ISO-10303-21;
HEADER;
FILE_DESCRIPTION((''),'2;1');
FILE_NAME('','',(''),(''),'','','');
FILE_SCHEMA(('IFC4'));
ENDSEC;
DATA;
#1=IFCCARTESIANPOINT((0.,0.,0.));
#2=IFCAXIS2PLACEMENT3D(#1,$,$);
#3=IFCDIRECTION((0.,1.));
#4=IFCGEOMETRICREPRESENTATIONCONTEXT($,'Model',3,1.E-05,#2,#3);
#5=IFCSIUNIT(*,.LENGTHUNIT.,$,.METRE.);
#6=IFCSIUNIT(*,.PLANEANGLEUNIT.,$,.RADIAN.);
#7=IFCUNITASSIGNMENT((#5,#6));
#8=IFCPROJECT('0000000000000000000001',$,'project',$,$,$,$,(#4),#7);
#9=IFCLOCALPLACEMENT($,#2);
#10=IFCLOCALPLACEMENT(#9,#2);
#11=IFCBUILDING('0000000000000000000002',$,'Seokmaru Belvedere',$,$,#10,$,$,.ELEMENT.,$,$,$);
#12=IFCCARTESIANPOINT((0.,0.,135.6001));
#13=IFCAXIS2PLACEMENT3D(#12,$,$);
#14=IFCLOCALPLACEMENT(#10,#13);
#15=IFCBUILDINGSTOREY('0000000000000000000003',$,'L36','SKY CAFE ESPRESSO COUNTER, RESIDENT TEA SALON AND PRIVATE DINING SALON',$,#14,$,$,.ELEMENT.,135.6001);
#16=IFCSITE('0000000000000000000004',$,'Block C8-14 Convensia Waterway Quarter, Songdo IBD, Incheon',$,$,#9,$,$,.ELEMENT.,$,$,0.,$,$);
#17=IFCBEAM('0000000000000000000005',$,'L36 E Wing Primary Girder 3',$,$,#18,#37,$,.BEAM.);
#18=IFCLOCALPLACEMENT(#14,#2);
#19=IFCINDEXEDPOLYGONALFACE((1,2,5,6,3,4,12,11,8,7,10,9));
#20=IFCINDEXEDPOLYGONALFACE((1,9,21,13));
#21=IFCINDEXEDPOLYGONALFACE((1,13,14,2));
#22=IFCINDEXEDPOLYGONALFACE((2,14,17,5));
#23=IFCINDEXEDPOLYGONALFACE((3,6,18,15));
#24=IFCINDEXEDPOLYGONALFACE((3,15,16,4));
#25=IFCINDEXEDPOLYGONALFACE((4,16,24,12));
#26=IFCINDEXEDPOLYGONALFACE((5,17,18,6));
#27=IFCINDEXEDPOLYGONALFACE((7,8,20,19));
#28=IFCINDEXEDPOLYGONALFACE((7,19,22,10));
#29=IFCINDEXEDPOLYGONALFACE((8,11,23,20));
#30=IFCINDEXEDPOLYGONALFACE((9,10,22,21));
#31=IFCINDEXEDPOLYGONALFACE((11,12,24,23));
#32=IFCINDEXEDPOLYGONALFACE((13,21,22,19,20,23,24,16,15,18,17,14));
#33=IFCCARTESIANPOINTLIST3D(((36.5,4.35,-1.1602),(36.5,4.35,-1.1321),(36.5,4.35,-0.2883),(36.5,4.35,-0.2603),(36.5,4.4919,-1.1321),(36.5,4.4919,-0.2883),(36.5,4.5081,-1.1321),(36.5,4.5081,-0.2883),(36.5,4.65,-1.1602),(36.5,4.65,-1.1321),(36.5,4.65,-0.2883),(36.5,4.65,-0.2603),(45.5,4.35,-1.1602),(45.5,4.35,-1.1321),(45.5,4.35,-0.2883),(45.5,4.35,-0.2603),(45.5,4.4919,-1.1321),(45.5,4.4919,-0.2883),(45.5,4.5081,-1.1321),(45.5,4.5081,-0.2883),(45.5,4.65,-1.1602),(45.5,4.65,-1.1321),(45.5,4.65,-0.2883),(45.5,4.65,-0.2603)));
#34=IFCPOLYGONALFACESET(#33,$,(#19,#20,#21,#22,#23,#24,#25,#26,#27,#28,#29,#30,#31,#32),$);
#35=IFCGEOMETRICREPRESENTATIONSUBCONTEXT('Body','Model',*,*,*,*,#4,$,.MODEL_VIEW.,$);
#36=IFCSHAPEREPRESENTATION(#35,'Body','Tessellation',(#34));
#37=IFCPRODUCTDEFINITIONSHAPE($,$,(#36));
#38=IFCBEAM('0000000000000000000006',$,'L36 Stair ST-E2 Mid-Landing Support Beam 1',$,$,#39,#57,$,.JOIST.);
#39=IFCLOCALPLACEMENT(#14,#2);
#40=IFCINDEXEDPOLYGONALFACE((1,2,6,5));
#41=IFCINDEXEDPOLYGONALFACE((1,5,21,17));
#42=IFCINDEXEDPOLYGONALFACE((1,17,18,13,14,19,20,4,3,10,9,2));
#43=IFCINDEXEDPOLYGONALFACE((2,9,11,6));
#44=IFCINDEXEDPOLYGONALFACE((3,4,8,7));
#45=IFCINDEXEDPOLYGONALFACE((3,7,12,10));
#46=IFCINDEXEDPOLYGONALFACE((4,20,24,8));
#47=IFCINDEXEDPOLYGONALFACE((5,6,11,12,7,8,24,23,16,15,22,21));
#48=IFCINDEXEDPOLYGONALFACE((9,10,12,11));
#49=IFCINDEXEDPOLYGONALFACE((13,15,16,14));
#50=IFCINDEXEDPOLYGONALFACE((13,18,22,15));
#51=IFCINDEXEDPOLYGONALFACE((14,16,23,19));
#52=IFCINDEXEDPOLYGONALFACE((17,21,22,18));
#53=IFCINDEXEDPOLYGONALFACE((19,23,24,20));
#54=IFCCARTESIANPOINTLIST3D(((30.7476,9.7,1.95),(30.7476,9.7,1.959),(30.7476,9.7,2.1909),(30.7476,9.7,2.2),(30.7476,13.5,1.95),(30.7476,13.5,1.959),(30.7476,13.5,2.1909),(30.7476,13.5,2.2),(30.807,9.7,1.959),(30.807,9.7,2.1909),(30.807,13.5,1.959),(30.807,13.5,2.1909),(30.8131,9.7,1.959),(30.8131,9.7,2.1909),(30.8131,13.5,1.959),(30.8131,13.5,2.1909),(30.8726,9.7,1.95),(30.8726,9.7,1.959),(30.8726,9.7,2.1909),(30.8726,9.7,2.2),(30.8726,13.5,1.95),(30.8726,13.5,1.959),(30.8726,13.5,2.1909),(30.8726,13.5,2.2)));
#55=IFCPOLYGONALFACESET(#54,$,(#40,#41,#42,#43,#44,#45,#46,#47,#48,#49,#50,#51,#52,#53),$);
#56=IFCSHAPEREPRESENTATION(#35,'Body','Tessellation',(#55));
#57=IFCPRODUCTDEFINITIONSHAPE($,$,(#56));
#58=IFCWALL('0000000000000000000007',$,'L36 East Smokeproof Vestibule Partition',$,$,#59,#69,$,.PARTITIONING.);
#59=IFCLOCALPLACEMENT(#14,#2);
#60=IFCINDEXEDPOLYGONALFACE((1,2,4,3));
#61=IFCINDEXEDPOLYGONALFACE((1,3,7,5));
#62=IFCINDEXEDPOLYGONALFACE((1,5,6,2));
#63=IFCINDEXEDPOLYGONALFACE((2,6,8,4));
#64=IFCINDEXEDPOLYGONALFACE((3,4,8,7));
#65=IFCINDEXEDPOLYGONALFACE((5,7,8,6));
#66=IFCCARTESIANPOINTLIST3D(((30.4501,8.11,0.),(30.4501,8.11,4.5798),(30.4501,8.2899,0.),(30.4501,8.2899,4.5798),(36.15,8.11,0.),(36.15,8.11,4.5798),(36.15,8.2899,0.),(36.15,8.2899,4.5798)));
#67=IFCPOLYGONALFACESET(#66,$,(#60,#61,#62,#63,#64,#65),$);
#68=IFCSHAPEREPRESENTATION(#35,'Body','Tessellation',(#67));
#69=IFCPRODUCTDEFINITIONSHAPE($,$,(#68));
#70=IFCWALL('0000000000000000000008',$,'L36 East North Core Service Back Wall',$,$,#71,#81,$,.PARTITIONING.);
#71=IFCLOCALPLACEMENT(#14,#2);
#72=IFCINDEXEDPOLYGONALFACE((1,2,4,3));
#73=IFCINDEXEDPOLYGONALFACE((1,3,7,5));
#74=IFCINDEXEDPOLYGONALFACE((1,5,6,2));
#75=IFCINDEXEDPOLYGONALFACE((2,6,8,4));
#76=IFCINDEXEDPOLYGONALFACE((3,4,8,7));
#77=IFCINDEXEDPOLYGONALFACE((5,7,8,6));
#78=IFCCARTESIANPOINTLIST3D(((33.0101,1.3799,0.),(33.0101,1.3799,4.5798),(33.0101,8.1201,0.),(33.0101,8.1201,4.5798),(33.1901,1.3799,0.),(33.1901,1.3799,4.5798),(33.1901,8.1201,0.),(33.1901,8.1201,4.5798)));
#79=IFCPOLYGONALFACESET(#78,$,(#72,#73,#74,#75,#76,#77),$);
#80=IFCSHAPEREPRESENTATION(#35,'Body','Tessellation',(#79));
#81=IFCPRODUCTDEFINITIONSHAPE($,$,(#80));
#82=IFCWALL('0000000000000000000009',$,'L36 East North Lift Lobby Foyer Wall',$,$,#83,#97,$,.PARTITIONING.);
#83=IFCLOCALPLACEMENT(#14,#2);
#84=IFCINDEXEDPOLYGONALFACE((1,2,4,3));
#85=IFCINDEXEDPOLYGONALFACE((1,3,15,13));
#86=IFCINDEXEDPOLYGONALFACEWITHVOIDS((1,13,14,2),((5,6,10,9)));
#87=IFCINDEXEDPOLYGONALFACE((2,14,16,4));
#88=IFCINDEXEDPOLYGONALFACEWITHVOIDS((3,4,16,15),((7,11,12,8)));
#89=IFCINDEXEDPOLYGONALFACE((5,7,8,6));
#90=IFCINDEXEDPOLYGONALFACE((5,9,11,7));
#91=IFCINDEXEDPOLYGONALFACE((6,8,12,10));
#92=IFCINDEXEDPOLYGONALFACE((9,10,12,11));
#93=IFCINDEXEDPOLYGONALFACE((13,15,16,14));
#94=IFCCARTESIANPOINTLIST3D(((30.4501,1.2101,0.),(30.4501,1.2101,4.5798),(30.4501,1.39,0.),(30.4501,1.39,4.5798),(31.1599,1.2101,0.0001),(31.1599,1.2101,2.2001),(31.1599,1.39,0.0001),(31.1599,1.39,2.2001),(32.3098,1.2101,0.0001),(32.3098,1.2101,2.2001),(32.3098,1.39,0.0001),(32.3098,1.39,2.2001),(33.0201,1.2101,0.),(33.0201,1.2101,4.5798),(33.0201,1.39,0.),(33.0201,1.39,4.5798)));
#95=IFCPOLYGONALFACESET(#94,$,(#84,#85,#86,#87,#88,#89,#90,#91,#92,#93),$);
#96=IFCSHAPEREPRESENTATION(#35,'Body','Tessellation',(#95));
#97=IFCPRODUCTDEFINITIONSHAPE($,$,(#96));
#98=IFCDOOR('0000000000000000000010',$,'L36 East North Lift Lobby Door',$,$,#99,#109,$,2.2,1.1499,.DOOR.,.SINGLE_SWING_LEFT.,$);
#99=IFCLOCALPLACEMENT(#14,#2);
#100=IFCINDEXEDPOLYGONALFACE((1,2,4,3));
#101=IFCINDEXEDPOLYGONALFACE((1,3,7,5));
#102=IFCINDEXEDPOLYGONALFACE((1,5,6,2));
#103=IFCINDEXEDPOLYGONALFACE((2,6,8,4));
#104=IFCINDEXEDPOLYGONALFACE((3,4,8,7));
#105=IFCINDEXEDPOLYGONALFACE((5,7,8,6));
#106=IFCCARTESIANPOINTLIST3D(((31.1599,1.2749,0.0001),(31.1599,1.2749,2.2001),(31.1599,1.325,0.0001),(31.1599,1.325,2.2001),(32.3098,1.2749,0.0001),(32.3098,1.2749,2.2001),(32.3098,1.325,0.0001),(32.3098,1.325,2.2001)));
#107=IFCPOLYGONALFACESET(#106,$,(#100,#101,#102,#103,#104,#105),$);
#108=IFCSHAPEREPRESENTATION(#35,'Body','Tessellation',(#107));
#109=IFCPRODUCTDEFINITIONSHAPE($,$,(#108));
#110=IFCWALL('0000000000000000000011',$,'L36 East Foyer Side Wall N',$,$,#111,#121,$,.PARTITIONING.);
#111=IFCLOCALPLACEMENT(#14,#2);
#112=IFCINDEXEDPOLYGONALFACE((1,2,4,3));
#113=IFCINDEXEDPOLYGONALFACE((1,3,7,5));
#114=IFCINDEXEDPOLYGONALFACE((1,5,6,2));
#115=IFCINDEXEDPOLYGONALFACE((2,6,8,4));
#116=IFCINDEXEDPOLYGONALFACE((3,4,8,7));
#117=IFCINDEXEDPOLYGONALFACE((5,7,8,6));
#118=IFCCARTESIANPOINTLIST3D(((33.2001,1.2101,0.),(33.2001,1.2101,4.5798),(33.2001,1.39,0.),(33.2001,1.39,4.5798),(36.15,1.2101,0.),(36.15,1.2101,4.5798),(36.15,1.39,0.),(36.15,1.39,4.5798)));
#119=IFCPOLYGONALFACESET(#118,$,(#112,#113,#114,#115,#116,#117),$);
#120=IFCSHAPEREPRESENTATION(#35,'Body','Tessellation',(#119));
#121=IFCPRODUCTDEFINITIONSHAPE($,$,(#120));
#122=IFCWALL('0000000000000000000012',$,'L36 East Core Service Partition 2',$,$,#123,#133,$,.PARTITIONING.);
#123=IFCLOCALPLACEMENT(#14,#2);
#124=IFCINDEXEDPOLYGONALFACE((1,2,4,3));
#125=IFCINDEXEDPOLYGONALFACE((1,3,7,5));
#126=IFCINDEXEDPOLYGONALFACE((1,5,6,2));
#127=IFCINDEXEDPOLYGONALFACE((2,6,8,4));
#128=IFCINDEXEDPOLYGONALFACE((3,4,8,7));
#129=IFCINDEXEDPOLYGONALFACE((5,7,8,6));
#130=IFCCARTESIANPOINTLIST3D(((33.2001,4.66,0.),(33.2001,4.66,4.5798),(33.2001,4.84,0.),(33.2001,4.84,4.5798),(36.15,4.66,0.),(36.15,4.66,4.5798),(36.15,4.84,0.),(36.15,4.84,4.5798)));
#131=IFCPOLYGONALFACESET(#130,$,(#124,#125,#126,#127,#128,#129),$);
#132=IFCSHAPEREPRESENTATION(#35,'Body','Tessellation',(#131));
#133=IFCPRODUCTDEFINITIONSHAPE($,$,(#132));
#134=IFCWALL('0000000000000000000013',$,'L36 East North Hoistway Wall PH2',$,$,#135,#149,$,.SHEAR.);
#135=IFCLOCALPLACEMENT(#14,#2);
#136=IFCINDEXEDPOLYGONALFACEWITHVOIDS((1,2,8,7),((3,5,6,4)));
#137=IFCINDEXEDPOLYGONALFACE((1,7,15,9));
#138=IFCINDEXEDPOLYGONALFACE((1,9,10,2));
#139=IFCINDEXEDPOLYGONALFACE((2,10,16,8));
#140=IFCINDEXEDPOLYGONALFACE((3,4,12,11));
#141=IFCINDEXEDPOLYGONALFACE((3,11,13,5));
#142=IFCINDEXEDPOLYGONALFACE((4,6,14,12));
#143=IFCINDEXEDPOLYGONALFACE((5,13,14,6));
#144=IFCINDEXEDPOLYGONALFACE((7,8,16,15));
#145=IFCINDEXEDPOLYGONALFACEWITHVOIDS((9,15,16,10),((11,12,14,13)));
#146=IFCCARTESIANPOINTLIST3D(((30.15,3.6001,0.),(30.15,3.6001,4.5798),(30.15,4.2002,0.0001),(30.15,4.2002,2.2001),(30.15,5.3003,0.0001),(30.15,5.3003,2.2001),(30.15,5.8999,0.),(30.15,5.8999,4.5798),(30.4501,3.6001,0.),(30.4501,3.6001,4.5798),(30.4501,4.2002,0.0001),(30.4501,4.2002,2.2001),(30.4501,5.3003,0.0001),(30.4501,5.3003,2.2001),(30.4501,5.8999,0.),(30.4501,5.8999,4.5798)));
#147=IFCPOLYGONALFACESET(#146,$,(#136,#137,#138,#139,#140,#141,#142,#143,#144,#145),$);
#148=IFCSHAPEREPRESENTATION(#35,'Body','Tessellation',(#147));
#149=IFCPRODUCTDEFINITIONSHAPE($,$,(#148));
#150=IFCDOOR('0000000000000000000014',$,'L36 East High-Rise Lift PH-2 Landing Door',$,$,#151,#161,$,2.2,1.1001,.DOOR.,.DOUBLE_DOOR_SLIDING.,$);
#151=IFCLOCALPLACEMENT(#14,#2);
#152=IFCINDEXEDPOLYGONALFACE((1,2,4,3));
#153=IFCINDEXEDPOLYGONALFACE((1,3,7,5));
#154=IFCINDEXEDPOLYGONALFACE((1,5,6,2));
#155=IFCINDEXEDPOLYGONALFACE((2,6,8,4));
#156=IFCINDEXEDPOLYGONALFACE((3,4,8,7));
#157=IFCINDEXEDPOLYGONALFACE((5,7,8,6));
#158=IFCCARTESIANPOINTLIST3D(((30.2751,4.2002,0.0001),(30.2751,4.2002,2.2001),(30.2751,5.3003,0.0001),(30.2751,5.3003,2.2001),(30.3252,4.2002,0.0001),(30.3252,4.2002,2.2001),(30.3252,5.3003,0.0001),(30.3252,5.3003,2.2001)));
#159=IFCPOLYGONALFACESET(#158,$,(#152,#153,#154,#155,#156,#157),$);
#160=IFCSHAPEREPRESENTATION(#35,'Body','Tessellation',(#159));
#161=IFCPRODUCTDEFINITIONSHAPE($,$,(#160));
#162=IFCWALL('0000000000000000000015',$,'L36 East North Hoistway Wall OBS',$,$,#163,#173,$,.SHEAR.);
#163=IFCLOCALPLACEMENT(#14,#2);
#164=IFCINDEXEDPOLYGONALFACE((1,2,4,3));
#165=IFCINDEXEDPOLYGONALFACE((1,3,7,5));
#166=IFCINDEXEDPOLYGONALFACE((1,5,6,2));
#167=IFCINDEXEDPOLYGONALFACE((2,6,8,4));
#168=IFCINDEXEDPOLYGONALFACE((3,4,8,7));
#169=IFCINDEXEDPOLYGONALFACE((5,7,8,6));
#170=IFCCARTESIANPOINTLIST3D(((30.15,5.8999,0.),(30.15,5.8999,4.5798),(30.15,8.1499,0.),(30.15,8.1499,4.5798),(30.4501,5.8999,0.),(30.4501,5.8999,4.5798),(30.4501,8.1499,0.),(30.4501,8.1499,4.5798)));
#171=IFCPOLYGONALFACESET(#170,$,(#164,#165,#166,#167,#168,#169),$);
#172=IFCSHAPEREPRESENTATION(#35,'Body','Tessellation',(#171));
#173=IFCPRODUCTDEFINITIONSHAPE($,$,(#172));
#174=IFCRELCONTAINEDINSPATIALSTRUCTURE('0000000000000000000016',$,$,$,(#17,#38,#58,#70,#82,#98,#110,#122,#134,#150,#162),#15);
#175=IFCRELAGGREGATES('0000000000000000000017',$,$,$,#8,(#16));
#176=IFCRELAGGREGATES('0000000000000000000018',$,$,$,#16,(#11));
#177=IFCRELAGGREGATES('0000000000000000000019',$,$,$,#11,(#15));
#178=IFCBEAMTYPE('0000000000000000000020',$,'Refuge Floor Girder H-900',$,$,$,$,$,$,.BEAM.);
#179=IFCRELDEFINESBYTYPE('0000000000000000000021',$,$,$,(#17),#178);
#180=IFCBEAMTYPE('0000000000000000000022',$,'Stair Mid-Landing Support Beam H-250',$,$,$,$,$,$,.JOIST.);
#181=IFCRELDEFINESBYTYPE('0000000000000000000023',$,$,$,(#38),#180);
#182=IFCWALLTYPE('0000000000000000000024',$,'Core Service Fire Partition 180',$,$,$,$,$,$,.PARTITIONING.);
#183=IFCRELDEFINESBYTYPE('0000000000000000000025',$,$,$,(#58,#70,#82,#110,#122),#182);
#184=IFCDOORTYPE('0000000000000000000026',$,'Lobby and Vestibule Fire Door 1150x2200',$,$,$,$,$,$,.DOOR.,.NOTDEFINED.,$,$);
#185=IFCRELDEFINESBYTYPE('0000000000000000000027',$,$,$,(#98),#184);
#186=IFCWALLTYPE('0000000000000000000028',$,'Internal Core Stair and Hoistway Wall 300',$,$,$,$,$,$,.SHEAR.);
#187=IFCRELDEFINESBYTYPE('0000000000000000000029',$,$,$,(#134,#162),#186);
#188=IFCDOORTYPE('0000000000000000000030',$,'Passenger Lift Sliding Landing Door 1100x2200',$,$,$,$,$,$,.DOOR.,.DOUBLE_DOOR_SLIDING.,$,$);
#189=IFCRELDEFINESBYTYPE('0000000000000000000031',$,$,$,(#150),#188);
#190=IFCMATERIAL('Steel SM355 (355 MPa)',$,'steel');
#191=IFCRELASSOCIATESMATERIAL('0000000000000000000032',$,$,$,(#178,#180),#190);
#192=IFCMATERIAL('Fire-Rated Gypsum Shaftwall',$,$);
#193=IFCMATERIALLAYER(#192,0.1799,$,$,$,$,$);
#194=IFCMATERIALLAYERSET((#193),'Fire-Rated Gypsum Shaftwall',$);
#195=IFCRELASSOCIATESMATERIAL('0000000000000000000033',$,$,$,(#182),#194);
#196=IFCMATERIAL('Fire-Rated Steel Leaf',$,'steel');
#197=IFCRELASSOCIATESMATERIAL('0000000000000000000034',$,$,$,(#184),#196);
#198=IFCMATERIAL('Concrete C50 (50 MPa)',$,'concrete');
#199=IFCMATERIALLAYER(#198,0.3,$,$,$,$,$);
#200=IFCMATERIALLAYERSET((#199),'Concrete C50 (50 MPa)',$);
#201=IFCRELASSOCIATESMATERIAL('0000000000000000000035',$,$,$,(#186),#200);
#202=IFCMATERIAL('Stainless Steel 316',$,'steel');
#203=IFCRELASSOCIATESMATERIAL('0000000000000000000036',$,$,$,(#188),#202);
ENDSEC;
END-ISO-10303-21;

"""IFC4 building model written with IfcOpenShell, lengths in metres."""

from ifc_helpers import new_model, si_unit, direction, frame, frame_2d, origin, origin_2d, place, context, subcontext, project, spatial, rectangle, i_section, extrude, source, transform, mapped, material, layer, layer_set, material_profile, profile_set, type_object, type_shapes, element, fill, save


model = new_model("IFC4")

# Units and contexts
model_context = context("Model", 3, precision=1e-05, world=origin(), true_north=direction((0.0, 1.0)))
body_context = subcontext(model_context, "Body", "Model", "MODEL_VIEW")
ifc_project = project(units=[si_unit("LENGTHUNIT", "METRE"), si_unit("PLANEANGLEUNIT", "RADIAN")], contexts=[model_context])

# Site, building, storey
site_placement = place(None, origin())
site = spatial("IfcSite", under=ifc_project, at=site_placement, Name="Block C8-14 Convensia Waterway Quarter, Songdo IBD, Incheon", CompositionType="ELEMENT", RefElevation=0.0)
building_placement = place(site_placement, origin())
building = spatial("IfcBuilding", under=site, at=building_placement, Name="Seokmaru Belvedere", CompositionType="ELEMENT")
storey_placement = place(building_placement, frame((0.0, 0.0, 135.6001)))
storey = spatial("IfcBuildingStorey", under=building, at=storey_placement, Name="L36", Description="SKY CAFE ESPRESSO COUNTER, RESIDENT TEA SALON AND PRIVATE DINING SALON", CompositionType="ELEMENT", Elevation=135.6001)

# Beams
ifc_material_1 = material(Name="Steel SM355 (355 MPa)", Category="steel")
ifc_material_profile_1 = material_profile(ifc_material_1, i_section(OverallWidth=0.3, OverallDepth=0.8999, WebThickness=0.0161, FlangeThickness=0.0281, at=origin_2d()), Name="H-900x300x16x28")
ifc_profile_set_1 = profile_set([ifc_material_profile_1], Name="Steel SM355 (355 MPa)")
beam_type_1 = type_object("IfcBeamType", Name="Refuge Floor Girder H-900", PredefinedType="BEAM", material=ifc_profile_set_1)
shared_shape_1 = source(origin(), body_context, "Body", "SweptSolid", [
    extrude(i_section(OverallWidth=0.3, OverallDepth=0.8999, WebThickness=0.0161, FlangeThickness=0.0281, at=origin_2d()), origin(), (0.0, 0.0, 1.0), 9.0),
])
type_shapes(beam_type_1, [shared_shape_1])
beam_1_placement = place(storey_placement, frame((36.5, 4.5, -0.7102), z_axis=(1.0, 0.0, 0.0), x_axis=(0.0, 1.0, 0.0)))
element("IfcBeam", 1, at=beam_1_placement, inside=storey, type_object=beam_type_1, Name="L36 E Wing Primary Girder 3", PredefinedType="BEAM", context=body_context, shape_type="MappedRepresentation", body=[
    mapped(shared_shape_1, transform((0.0, 0.0, 0.0), scale=1.0)),
])
ifc_material_profile_2 = material_profile(ifc_material_1, i_section(OverallWidth=0.125, OverallDepth=0.25, WebThickness=0.0061, FlangeThickness=0.009, at=origin_2d()), Name="H-250x125x6x9")
ifc_profile_set_2 = profile_set([ifc_material_profile_2], Name="Steel SM355 (355 MPa)")
beam_type_2 = type_object("IfcBeamType", Name="Stair Mid-Landing Support Beam H-250", PredefinedType="JOIST", material=ifc_profile_set_2)
shared_shape_2 = source(origin(), body_context, "Body", "SweptSolid", [
    extrude(i_section(OverallWidth=0.125, OverallDepth=0.25, WebThickness=0.0061, FlangeThickness=0.009, at=origin_2d()), origin(), (0.0, 0.0, 1.0), 3.8),
])
type_shapes(beam_type_2, [shared_shape_2])
beam_2_placement = place(storey_placement, frame((30.8101, 9.7, 2.075), z_axis=(0.0, 1.0, 0.0), x_axis=(-1.0, 0.0, 0.0)))
element("IfcBeam", 2, at=beam_2_placement, inside=storey, type_object=beam_type_2, Name="L36 Stair ST-E2 Mid-Landing Support Beam 1", PredefinedType="JOIST", context=body_context, shape_type="MappedRepresentation", body=[
    mapped(shared_shape_2, transform((0.0, 0.0, 0.0), scale=1.0)),
])

# Walls
ifc_material_2 = material(Name="Fire-Rated Gypsum Shaftwall")
ifc_layer_1 = layer(ifc_material_2, 0.1799)
ifc_layer_set_1 = layer_set([ifc_layer_1], Name="Fire-Rated Gypsum Shaftwall")
wall_type_1 = type_object("IfcWallType", Name="Core Service Fire Partition 180", PredefinedType="PARTITIONING", material=ifc_layer_set_1)
wall_1_placement = place(storey_placement, frame((30.45, 8.2, 0.0), z_axis=(0.0, 0.0, 1.0), x_axis=(1.0, 0.0, 0.0)))
element("IfcWall", 3, at=wall_1_placement, inside=storey, type_object=wall_type_1, Name="L36 East Smokeproof Vestibule Partition", PredefinedType="PARTITIONING", context=body_context, shape_type="SweptSolid", body=[
    extrude(rectangle(XDim=5.7, YDim=0.1799, at=frame_2d((2.8501, 0.0))), origin(), (0.0, 0.0, 1.0), 4.5798),
])
wall_2_placement = place(storey_placement, frame((33.1001, 1.3799, 0.0), z_axis=(0.0, 0.0, 1.0), x_axis=(0.0, 1.0, 0.0)))
element("IfcWall", 4, at=wall_2_placement, inside=storey, type_object=wall_type_1, Name="L36 East North Core Service Back Wall", PredefinedType="PARTITIONING", context=body_context, shape_type="SweptSolid", body=[
    extrude(rectangle(XDim=6.7402, YDim=0.1799, at=frame_2d((3.3701, 0.0))), origin(), (0.0, 0.0, 1.0), 4.5798),
])

# Wall, opening, door
wall_3_placement = place(storey_placement, frame((30.45, 1.3, 0.0), z_axis=(0.0, 0.0, 1.0), x_axis=(1.0, 0.0, 0.0)))
wall_3 = element("IfcWall", 5, at=wall_3_placement, inside=storey, type_object=wall_type_1, Name="L36 East North Lift Lobby Foyer Wall", PredefinedType="PARTITIONING", context=body_context, shape_type="SweptSolid", body=[
    extrude(rectangle(XDim=2.5701, YDim=0.1799, at=frame_2d((1.2852, 0.0))), origin(), (0.0, 0.0, 1.0), 4.5798),
])
opening_1_placement = place(wall_3_placement, frame((0.71, 0.0, 0.0)))
opening_1 = element("IfcOpeningElement", 6, at=opening_1_placement, cuts=wall_3, PredefinedType="OPENING", context=body_context, shape_type="SweptSolid", body=[
    extrude(rectangle(XDim=1.1499, YDim=2.2, at=frame_2d((0.575, 1.1001))), frame((0.0, 0.1001, 0.0), z_axis=(0.0, -1.0, 0.0), x_axis=(1.0, 0.0, 0.0)), (0.0, 0.0, 1.0), 0.2),
])
ifc_material_3 = material(Name="Fire-Rated Steel Leaf", Category="steel")
door_type_1 = type_object("IfcDoorType", Name="Lobby and Vestibule Fire Door 1150x2200", OperationType="NOTDEFINED", PredefinedType="DOOR", material=ifc_material_3)
shared_shape_3 = source(origin(), body_context, "Body", "SweptSolid", [
    extrude(rectangle(XDim=1.1499, YDim=2.2, at=frame_2d((0.575, 1.1001))), frame((0.0, 0.0249, 0.0), z_axis=(0.0, -1.0, 0.0), x_axis=(1.0, 0.0, 0.0)), (0.0, 0.0, 1.0), 0.05),
])
type_shapes(door_type_1, [shared_shape_3])
door_1_placement = place(opening_1_placement, origin())
door_1 = element("IfcDoor", 7, at=door_1_placement, inside=storey, type_object=door_type_1, Name="L36 East North Lift Lobby Door", OperationType="SINGLE_SWING_LEFT", OverallHeight=2.2, OverallWidth=1.1499, PredefinedType="DOOR", context=body_context, shape_type="MappedRepresentation", body=[
    mapped(shared_shape_3, transform((0.0, 0.0, 0.0), scale=1.0)),
])
fill(opening_1, door_1)

# Walls
for number, where, z_axis, x_axis, name in (
    (8, (33.2, 1.3, 0.0), (0.0, 0.0, 1.0), (1.0, 0.0, 0.0), "L36 East Foyer Side Wall N"),
    (9, (33.2, 4.75, 0.0), (0.0, 0.0, 1.0), (1.0, 0.0, 0.0), "L36 East Core Service Partition 2"),
):
    element("IfcWall", number, at=place(storey_placement, frame(where, z_axis=z_axis, x_axis=x_axis)), inside=storey, type_object=wall_type_1, Name=name, PredefinedType="PARTITIONING", context=body_context, shape_type="SweptSolid", body=[
        extrude(rectangle(XDim=2.95, YDim=0.1799, at=frame_2d((1.4751, 0.0))), origin(), (0.0, 0.0, 1.0), 4.5798),
    ])

# Wall, opening, door
ifc_material_4 = material(Name="Concrete C50 (50 MPa)", Category="concrete")
ifc_layer_2 = layer(ifc_material_4, 0.3)
ifc_layer_set_2 = layer_set([ifc_layer_2], Name="Concrete C50 (50 MPa)")
wall_type_2 = type_object("IfcWallType", Name="Internal Core Stair and Hoistway Wall 300", PredefinedType="SHEAR", material=ifc_layer_set_2)
wall_4_placement = place(storey_placement, frame((30.3, 3.6001, 0.0), z_axis=(0.0, 0.0, 1.0), x_axis=(0.0, 1.0, 0.0)))
wall_4 = element("IfcWall", 10, at=wall_4_placement, inside=storey, type_object=wall_type_2, Name="L36 East North Hoistway Wall PH2", PredefinedType="SHEAR", context=body_context, shape_type="SweptSolid", body=[
    extrude(rectangle(XDim=2.2998, YDim=0.3, at=frame_2d((1.1499, 0.0))), origin(), (0.0, 0.0, 1.0), 4.5798),
])
opening_2_placement = place(wall_4_placement, frame((0.6001, 0.0, 0.0)))
opening_2 = element("IfcOpeningElement", 11, at=opening_2_placement, cuts=wall_4, PredefinedType="OPENING", context=body_context, shape_type="SweptSolid", body=[
    extrude(rectangle(XDim=1.1001, YDim=2.2, at=frame_2d((0.55, 1.1001))), frame((0.0, 0.1602, 0.0), z_axis=(0.0, -1.0, 0.0), x_axis=(1.0, 0.0, 0.0)), (0.0, 0.0, 1.0), 0.3201),
])
ifc_material_5 = material(Name="Stainless Steel 316", Category="steel")
door_type_2 = type_object("IfcDoorType", Name="Passenger Lift Sliding Landing Door 1100x2200", OperationType="DOUBLE_DOOR_SLIDING", PredefinedType="DOOR", material=ifc_material_5)
shared_shape_4 = source(origin(), body_context, "Body", "SweptSolid", [
    extrude(rectangle(XDim=1.1001, YDim=2.2, at=frame_2d((0.55, 1.1001))), frame((0.0, 0.0249, 0.0), z_axis=(0.0, -1.0, 0.0), x_axis=(1.0, 0.0, 0.0)), (0.0, 0.0, 1.0), 0.05),
])
type_shapes(door_type_2, [shared_shape_4])
door_2_placement = place(opening_2_placement, origin())
door_2 = element("IfcDoor", 12, at=door_2_placement, inside=storey, type_object=door_type_2, Name="L36 East High-Rise Lift PH-2 Landing Door", OperationType="DOUBLE_DOOR_SLIDING", OverallHeight=2.2, OverallWidth=1.1001, PredefinedType="DOOR", context=body_context, shape_type="MappedRepresentation", body=[
    mapped(shared_shape_4, transform((0.0, 0.0, 0.0), scale=1.0)),
])
fill(opening_2, door_2)

# Wall
wall_5_placement = place(storey_placement, frame((30.3, 5.8999, 0.0), z_axis=(0.0, 0.0, 1.0), x_axis=(0.0, 1.0, 0.0)))
element("IfcWall", 13, at=wall_5_placement, inside=storey, type_object=wall_type_2, Name="L36 East North Hoistway Wall OBS", PredefinedType="SHEAR", context=body_context, shape_type="SweptSolid", body=[
    extrude(rectangle(XDim=2.25, YDim=0.3, at=frame_2d((1.125, 0.0))), origin(), (0.0, 0.0, 1.0), 4.5798),
])

save(model, "model.ifc")
